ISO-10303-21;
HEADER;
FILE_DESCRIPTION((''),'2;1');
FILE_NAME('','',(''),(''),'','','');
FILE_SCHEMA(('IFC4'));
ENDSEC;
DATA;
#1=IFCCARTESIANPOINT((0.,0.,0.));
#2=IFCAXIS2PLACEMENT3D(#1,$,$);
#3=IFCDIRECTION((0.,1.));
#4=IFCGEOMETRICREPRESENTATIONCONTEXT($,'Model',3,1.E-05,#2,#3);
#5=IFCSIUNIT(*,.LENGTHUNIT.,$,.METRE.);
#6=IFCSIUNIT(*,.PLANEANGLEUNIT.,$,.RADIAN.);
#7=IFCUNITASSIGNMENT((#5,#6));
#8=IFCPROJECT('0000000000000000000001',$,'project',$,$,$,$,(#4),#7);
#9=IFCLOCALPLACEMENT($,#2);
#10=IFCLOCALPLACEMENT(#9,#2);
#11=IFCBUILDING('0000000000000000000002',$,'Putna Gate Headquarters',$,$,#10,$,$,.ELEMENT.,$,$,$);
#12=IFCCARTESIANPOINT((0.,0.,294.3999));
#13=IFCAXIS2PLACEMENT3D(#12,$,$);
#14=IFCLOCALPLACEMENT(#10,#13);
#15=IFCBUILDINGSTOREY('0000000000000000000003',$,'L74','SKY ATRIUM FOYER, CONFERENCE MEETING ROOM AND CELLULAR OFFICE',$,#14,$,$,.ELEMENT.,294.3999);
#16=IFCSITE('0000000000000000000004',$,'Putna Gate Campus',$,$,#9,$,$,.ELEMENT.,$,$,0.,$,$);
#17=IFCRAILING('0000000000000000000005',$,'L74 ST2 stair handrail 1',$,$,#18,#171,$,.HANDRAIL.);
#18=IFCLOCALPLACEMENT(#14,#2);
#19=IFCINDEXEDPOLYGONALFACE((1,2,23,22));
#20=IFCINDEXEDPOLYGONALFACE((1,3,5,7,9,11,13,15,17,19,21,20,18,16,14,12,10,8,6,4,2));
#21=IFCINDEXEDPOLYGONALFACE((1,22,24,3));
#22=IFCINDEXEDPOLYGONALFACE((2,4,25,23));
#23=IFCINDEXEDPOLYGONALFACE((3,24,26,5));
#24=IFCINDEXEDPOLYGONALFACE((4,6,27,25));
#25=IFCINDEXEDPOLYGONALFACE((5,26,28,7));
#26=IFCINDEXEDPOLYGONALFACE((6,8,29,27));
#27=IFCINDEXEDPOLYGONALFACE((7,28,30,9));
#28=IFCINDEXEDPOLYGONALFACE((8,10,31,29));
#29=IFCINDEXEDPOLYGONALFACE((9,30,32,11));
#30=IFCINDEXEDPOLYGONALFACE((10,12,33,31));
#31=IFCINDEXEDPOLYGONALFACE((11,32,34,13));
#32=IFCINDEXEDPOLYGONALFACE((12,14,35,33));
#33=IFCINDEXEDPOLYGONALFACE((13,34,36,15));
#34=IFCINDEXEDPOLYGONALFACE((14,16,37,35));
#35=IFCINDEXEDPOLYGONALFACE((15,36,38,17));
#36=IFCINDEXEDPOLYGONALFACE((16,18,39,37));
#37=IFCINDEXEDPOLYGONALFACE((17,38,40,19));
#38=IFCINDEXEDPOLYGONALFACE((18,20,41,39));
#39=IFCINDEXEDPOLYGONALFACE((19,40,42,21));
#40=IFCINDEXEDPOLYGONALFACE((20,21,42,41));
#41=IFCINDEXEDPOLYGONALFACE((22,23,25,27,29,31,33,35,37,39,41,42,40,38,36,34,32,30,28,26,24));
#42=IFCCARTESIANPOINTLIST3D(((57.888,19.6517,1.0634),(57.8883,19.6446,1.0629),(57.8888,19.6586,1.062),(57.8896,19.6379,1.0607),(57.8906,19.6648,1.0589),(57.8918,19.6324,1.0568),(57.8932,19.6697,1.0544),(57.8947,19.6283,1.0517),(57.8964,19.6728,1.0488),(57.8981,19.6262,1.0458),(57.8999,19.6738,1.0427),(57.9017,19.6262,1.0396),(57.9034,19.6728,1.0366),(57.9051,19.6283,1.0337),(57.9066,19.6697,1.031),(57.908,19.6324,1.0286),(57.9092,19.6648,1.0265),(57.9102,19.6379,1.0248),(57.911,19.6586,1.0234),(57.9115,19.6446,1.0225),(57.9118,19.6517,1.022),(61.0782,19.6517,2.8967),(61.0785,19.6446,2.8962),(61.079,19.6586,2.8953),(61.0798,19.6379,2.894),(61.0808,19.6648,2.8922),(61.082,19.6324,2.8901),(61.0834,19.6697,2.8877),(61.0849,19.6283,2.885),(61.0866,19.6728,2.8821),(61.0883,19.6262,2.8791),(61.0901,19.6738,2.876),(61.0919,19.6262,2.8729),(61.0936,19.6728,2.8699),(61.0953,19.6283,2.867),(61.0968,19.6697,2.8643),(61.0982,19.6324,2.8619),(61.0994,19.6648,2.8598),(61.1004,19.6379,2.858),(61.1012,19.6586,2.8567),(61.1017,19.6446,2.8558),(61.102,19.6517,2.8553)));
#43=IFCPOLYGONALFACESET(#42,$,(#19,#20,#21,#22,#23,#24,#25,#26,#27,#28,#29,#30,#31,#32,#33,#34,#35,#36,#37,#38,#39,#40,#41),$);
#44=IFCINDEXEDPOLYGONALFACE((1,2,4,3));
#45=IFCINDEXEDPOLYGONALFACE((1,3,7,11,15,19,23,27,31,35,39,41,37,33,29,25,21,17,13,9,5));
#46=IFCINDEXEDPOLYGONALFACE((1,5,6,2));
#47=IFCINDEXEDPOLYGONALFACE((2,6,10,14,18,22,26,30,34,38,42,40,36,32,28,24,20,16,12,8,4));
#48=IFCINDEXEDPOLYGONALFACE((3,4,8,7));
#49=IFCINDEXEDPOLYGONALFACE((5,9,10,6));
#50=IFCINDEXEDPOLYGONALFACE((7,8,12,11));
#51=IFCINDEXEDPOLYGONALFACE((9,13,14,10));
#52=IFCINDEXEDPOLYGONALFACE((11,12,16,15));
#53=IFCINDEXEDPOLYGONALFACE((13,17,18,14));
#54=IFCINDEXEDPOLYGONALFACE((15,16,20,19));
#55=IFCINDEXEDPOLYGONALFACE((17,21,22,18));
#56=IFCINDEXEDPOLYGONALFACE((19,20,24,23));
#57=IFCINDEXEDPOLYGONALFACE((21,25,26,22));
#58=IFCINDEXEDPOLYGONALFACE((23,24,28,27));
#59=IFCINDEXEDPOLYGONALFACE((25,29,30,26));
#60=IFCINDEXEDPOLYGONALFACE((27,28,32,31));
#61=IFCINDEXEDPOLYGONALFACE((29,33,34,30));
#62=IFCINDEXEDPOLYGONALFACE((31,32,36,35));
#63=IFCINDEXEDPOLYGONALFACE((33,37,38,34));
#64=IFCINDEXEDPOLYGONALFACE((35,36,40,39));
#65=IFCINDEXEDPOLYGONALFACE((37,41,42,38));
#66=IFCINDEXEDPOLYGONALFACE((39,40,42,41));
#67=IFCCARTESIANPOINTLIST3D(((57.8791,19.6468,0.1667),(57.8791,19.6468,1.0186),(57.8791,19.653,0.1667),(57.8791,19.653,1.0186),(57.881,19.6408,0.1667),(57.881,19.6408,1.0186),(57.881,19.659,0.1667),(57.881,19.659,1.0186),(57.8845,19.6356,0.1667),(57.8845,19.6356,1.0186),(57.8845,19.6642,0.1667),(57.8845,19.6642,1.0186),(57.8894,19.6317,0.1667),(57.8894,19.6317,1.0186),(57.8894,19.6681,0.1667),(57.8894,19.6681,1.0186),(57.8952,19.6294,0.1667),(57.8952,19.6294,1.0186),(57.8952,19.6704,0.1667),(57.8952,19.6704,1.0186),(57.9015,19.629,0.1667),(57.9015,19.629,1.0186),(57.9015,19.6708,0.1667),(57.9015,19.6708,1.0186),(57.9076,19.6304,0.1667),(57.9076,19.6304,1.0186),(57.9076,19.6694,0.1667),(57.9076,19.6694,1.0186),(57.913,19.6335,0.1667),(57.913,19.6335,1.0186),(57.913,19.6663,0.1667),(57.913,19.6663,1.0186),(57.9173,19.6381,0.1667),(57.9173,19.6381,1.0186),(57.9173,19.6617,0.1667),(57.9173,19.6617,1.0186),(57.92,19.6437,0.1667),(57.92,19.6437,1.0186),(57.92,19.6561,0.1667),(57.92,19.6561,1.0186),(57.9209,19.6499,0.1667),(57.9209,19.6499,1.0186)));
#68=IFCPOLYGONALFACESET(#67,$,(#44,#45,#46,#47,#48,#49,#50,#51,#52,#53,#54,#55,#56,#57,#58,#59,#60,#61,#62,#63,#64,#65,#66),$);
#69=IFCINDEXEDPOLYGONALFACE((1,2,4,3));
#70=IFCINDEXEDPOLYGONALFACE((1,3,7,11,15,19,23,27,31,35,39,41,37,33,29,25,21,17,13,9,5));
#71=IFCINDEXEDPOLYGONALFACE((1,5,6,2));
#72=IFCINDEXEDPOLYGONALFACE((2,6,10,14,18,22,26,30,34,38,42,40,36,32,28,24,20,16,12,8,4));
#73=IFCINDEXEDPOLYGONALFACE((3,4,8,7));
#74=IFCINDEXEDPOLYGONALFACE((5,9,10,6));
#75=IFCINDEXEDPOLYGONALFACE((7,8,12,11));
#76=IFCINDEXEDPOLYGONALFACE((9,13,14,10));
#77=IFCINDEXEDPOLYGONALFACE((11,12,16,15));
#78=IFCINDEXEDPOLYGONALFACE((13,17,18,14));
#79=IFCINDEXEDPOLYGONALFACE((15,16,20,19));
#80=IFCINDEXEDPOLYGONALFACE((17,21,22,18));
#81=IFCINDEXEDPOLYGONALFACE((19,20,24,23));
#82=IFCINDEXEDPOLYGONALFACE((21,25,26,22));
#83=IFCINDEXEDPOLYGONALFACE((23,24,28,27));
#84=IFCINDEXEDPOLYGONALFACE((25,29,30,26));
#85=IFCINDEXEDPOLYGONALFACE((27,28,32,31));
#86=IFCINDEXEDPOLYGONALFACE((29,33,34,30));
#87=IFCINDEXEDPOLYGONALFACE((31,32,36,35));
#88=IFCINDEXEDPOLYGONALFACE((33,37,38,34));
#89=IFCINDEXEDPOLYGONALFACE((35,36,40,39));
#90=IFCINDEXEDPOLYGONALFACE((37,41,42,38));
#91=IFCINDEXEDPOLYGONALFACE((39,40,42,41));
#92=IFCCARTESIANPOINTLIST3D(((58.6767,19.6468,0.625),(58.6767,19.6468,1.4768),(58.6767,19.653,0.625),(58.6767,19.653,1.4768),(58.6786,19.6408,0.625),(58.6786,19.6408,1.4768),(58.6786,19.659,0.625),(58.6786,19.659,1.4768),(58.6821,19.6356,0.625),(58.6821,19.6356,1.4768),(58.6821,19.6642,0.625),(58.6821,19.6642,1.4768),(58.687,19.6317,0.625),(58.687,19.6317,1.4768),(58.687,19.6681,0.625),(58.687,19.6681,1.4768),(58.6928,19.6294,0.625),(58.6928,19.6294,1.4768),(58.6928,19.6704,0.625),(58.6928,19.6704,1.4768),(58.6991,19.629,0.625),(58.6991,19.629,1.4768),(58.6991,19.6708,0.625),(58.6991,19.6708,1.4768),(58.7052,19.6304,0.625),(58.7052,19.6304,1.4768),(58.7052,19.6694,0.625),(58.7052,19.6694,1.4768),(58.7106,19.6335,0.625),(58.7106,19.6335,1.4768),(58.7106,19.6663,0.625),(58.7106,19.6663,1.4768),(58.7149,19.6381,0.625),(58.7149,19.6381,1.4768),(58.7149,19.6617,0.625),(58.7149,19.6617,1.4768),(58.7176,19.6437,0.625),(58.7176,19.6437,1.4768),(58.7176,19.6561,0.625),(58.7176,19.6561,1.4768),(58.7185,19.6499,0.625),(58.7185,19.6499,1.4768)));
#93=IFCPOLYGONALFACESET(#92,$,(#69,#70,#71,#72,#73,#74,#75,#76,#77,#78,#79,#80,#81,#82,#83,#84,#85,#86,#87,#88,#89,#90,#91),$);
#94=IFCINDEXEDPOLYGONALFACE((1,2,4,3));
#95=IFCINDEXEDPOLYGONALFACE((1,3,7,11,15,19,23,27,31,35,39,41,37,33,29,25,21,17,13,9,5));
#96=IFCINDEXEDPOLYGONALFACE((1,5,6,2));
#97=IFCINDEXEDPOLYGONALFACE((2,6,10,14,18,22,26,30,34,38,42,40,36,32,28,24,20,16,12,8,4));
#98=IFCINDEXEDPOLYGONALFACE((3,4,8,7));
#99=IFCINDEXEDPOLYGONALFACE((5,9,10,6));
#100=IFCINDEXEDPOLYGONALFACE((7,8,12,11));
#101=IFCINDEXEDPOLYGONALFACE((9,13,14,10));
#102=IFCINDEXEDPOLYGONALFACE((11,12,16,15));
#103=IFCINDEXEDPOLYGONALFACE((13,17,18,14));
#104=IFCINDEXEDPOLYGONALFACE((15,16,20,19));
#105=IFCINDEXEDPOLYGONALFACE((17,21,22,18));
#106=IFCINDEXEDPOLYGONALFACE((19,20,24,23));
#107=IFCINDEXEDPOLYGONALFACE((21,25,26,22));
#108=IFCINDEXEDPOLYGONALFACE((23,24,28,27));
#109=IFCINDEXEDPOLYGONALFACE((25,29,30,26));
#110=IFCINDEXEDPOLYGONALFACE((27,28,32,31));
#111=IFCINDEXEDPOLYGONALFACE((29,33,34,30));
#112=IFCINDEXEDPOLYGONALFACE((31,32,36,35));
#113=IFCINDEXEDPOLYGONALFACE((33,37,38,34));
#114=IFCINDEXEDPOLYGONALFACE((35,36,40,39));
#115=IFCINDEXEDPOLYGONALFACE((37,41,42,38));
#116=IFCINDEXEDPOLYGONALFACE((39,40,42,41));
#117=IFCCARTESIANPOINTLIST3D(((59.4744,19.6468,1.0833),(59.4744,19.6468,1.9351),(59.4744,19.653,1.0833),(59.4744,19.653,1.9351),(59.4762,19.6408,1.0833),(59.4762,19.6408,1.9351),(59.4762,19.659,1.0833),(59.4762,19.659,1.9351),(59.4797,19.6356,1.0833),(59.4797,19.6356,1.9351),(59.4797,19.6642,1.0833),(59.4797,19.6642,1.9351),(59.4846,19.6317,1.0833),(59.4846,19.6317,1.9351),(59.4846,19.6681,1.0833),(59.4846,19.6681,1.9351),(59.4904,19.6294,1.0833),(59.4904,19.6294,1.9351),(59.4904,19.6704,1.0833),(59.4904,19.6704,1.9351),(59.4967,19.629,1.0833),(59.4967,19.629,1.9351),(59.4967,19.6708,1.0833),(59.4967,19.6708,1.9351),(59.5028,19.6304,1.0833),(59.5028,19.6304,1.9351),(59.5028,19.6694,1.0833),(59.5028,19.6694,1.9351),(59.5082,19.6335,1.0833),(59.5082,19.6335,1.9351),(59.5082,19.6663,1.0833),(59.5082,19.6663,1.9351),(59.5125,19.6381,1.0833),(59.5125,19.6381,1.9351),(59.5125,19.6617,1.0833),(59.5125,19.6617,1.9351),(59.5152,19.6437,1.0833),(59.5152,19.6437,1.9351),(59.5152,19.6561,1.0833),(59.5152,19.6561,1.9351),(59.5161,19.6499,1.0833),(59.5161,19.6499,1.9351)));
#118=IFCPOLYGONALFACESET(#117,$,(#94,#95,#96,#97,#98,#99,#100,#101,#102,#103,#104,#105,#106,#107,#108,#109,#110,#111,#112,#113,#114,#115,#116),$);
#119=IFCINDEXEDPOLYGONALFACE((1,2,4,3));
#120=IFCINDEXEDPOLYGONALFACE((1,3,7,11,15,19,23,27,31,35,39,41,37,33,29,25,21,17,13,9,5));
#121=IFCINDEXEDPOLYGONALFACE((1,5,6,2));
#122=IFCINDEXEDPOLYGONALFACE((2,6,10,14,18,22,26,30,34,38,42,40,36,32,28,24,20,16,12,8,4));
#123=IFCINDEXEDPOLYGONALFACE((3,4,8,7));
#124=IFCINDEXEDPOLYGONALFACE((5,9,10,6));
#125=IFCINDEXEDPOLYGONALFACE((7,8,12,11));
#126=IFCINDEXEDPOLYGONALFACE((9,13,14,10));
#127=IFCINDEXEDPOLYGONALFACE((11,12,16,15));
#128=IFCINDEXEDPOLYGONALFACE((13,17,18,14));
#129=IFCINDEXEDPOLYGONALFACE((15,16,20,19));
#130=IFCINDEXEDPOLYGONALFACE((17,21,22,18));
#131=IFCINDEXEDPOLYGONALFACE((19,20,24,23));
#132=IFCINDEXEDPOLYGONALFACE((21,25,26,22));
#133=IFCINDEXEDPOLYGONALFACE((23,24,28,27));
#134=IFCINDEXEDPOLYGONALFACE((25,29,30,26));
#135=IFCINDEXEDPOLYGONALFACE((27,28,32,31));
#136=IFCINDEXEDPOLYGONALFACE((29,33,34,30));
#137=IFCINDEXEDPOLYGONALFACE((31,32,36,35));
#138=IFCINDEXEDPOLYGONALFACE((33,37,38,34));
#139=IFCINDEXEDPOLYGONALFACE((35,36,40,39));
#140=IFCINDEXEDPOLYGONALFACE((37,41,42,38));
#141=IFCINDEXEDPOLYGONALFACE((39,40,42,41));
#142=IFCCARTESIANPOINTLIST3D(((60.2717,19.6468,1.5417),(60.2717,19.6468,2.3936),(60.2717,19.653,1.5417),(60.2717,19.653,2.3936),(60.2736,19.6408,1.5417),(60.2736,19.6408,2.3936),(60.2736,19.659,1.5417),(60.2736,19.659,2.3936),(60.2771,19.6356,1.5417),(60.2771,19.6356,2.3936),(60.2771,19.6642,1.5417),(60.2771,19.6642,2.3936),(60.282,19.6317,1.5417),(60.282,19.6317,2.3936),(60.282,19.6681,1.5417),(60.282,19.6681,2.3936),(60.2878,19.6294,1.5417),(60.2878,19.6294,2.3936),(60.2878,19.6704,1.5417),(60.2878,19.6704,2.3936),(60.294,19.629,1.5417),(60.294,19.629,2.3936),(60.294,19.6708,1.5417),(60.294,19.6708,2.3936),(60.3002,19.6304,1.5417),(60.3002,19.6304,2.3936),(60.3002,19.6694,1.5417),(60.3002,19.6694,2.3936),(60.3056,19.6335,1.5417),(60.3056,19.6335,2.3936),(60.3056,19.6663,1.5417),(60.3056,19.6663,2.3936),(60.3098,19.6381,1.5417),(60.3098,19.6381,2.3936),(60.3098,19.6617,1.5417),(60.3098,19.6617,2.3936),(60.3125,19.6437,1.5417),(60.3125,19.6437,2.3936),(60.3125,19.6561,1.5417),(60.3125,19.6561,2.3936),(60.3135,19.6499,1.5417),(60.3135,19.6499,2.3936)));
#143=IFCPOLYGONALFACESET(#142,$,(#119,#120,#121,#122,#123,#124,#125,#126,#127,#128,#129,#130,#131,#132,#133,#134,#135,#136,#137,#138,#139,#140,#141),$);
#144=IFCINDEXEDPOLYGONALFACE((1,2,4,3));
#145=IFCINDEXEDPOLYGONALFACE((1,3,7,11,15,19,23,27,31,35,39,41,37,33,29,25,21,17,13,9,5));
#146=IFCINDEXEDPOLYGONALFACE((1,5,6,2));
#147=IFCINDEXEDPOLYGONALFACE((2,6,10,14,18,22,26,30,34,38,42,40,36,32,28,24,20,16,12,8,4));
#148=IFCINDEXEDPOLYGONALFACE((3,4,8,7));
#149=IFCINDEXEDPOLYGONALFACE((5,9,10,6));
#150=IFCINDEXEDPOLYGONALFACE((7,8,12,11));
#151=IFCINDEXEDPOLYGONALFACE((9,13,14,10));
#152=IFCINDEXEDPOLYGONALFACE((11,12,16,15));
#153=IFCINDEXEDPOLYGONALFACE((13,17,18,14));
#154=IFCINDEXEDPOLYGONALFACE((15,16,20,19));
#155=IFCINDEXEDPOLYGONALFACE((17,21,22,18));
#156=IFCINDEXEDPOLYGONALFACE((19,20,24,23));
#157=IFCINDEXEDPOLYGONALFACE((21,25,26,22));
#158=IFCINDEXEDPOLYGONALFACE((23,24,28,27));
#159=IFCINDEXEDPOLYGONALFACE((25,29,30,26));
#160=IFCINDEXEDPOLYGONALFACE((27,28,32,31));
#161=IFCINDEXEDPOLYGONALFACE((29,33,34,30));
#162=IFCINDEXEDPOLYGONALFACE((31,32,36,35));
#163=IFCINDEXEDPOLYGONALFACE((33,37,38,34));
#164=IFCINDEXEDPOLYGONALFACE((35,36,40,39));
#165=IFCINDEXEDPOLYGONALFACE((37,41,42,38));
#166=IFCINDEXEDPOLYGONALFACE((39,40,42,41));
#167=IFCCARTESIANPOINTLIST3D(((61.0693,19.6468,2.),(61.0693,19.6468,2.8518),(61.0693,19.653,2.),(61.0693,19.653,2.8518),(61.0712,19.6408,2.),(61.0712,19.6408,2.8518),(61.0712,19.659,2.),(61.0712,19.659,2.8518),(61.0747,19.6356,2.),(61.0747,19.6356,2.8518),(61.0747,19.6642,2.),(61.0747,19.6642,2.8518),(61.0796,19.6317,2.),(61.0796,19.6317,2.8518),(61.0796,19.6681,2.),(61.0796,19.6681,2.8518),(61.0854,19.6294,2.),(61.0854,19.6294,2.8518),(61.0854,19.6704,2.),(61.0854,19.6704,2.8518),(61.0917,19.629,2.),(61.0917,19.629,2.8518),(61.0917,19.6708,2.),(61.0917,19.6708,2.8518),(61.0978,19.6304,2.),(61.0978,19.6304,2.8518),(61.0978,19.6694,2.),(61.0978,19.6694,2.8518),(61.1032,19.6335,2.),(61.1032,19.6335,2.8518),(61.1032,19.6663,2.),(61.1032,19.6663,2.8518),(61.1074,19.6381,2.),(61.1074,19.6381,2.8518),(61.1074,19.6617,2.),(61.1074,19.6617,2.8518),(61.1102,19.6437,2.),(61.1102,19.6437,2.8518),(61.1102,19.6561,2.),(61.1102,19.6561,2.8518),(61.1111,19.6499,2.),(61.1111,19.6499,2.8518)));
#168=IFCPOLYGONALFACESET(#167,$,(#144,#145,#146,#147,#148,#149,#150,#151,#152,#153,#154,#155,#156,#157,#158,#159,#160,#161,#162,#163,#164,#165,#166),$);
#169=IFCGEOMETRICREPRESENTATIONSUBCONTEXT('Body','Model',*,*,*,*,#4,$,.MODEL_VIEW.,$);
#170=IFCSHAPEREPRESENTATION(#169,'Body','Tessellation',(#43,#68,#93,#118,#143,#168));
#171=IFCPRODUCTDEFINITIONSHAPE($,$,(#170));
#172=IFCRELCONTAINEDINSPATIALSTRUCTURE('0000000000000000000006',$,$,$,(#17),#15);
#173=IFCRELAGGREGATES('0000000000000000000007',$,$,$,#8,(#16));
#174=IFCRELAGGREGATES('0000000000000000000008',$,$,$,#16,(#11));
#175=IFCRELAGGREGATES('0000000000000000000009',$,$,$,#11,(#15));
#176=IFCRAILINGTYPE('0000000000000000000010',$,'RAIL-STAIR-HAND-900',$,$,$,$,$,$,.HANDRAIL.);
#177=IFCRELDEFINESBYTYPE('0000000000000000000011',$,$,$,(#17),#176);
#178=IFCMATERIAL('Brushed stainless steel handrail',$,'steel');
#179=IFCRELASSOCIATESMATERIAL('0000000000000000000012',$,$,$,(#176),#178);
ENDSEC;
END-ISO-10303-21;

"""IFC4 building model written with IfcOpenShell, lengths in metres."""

from ifc_helpers import new_model, si_unit, direction, frame, origin, origin_2d, place, context, subcontext, project, spatial, circle, extrude, material, type_object, element, save


model = new_model("IFC4")

# Units and contexts
model_context = context("Model", 3, precision=1e-05, world=origin(), true_north=direction((0.0, 1.0)))
body_context = subcontext(model_context, "Body", "Model", "MODEL_VIEW")
ifc_project = project(units=[si_unit("LENGTHUNIT", "METRE"), si_unit("PLANEANGLEUNIT", "RADIAN")], contexts=[model_context])

# Site, building, storey
site_placement = place(None, origin())
site = spatial("IfcSite", under=ifc_project, at=site_placement, Name="Putna Gate Campus", CompositionType="ELEMENT", RefElevation=0.0)
building_placement = place(site_placement, origin())
building = spatial("IfcBuilding", under=site, at=building_placement, Name="Putna Gate Headquarters", CompositionType="ELEMENT")
storey_placement = place(building_placement, frame((0.0, 0.0, 294.3999)))
storey = spatial("IfcBuildingStorey", under=building, at=storey_placement, Name="L74", Description="SKY ATRIUM FOYER, CONFERENCE MEETING ROOM AND CELLULAR OFFICE", CompositionType="ELEMENT", Elevation=294.3999)

# Railing
ifc_material_1 = material(Name="Brushed stainless steel handrail", Category="steel")
railing_type_1 = type_object("IfcRailingType", Name="RAIL-STAIR-HAND-900", PredefinedType="HANDRAIL", material=ifc_material_1)
railing_1_placement = place(storey_placement, frame((57.8999, 19.6499, 0.1667)))
element("IfcRailing", 1, at=railing_1_placement, inside=storey, type_object=railing_type_1, Name="L74 ST2 stair handrail 1", PredefinedType="HANDRAIL", context=body_context, shape_type="SweptSolid", body=[
    extrude(circle(Radius=0.0239, at=origin_2d()), frame((0.0, 0.0, 0.876), z_axis=(0.867036, 0.0, 0.498245), x_axis=(0.0, 1.0, 0.0)), (0.0, 0.0, 1.0), 3.6794),
    extrude(circle(Radius=0.021, at=origin_2d()), origin(), (0.0, 0.0, 1.0), 0.8518),
    extrude(circle(Radius=0.021, at=origin_2d()), frame((0.7976, 0.0, 0.4583)), (0.0, 0.0, 1.0), 0.8518),
    extrude(circle(Radius=0.021, at=origin_2d()), frame((1.5952, 0.0, 0.9165)), (0.0, 0.0, 1.0), 0.8518),
    extrude(circle(Radius=0.021, at=origin_2d()), frame((2.3926, 0.0, 1.375)), (0.0, 0.0, 1.0), 0.8518),
    extrude(circle(Radius=0.021, at=origin_2d()), frame((3.1902, 0.0, 1.8333)), (0.0, 0.0, 1.0), 0.8518),
])

save(model, "model.ifc")
